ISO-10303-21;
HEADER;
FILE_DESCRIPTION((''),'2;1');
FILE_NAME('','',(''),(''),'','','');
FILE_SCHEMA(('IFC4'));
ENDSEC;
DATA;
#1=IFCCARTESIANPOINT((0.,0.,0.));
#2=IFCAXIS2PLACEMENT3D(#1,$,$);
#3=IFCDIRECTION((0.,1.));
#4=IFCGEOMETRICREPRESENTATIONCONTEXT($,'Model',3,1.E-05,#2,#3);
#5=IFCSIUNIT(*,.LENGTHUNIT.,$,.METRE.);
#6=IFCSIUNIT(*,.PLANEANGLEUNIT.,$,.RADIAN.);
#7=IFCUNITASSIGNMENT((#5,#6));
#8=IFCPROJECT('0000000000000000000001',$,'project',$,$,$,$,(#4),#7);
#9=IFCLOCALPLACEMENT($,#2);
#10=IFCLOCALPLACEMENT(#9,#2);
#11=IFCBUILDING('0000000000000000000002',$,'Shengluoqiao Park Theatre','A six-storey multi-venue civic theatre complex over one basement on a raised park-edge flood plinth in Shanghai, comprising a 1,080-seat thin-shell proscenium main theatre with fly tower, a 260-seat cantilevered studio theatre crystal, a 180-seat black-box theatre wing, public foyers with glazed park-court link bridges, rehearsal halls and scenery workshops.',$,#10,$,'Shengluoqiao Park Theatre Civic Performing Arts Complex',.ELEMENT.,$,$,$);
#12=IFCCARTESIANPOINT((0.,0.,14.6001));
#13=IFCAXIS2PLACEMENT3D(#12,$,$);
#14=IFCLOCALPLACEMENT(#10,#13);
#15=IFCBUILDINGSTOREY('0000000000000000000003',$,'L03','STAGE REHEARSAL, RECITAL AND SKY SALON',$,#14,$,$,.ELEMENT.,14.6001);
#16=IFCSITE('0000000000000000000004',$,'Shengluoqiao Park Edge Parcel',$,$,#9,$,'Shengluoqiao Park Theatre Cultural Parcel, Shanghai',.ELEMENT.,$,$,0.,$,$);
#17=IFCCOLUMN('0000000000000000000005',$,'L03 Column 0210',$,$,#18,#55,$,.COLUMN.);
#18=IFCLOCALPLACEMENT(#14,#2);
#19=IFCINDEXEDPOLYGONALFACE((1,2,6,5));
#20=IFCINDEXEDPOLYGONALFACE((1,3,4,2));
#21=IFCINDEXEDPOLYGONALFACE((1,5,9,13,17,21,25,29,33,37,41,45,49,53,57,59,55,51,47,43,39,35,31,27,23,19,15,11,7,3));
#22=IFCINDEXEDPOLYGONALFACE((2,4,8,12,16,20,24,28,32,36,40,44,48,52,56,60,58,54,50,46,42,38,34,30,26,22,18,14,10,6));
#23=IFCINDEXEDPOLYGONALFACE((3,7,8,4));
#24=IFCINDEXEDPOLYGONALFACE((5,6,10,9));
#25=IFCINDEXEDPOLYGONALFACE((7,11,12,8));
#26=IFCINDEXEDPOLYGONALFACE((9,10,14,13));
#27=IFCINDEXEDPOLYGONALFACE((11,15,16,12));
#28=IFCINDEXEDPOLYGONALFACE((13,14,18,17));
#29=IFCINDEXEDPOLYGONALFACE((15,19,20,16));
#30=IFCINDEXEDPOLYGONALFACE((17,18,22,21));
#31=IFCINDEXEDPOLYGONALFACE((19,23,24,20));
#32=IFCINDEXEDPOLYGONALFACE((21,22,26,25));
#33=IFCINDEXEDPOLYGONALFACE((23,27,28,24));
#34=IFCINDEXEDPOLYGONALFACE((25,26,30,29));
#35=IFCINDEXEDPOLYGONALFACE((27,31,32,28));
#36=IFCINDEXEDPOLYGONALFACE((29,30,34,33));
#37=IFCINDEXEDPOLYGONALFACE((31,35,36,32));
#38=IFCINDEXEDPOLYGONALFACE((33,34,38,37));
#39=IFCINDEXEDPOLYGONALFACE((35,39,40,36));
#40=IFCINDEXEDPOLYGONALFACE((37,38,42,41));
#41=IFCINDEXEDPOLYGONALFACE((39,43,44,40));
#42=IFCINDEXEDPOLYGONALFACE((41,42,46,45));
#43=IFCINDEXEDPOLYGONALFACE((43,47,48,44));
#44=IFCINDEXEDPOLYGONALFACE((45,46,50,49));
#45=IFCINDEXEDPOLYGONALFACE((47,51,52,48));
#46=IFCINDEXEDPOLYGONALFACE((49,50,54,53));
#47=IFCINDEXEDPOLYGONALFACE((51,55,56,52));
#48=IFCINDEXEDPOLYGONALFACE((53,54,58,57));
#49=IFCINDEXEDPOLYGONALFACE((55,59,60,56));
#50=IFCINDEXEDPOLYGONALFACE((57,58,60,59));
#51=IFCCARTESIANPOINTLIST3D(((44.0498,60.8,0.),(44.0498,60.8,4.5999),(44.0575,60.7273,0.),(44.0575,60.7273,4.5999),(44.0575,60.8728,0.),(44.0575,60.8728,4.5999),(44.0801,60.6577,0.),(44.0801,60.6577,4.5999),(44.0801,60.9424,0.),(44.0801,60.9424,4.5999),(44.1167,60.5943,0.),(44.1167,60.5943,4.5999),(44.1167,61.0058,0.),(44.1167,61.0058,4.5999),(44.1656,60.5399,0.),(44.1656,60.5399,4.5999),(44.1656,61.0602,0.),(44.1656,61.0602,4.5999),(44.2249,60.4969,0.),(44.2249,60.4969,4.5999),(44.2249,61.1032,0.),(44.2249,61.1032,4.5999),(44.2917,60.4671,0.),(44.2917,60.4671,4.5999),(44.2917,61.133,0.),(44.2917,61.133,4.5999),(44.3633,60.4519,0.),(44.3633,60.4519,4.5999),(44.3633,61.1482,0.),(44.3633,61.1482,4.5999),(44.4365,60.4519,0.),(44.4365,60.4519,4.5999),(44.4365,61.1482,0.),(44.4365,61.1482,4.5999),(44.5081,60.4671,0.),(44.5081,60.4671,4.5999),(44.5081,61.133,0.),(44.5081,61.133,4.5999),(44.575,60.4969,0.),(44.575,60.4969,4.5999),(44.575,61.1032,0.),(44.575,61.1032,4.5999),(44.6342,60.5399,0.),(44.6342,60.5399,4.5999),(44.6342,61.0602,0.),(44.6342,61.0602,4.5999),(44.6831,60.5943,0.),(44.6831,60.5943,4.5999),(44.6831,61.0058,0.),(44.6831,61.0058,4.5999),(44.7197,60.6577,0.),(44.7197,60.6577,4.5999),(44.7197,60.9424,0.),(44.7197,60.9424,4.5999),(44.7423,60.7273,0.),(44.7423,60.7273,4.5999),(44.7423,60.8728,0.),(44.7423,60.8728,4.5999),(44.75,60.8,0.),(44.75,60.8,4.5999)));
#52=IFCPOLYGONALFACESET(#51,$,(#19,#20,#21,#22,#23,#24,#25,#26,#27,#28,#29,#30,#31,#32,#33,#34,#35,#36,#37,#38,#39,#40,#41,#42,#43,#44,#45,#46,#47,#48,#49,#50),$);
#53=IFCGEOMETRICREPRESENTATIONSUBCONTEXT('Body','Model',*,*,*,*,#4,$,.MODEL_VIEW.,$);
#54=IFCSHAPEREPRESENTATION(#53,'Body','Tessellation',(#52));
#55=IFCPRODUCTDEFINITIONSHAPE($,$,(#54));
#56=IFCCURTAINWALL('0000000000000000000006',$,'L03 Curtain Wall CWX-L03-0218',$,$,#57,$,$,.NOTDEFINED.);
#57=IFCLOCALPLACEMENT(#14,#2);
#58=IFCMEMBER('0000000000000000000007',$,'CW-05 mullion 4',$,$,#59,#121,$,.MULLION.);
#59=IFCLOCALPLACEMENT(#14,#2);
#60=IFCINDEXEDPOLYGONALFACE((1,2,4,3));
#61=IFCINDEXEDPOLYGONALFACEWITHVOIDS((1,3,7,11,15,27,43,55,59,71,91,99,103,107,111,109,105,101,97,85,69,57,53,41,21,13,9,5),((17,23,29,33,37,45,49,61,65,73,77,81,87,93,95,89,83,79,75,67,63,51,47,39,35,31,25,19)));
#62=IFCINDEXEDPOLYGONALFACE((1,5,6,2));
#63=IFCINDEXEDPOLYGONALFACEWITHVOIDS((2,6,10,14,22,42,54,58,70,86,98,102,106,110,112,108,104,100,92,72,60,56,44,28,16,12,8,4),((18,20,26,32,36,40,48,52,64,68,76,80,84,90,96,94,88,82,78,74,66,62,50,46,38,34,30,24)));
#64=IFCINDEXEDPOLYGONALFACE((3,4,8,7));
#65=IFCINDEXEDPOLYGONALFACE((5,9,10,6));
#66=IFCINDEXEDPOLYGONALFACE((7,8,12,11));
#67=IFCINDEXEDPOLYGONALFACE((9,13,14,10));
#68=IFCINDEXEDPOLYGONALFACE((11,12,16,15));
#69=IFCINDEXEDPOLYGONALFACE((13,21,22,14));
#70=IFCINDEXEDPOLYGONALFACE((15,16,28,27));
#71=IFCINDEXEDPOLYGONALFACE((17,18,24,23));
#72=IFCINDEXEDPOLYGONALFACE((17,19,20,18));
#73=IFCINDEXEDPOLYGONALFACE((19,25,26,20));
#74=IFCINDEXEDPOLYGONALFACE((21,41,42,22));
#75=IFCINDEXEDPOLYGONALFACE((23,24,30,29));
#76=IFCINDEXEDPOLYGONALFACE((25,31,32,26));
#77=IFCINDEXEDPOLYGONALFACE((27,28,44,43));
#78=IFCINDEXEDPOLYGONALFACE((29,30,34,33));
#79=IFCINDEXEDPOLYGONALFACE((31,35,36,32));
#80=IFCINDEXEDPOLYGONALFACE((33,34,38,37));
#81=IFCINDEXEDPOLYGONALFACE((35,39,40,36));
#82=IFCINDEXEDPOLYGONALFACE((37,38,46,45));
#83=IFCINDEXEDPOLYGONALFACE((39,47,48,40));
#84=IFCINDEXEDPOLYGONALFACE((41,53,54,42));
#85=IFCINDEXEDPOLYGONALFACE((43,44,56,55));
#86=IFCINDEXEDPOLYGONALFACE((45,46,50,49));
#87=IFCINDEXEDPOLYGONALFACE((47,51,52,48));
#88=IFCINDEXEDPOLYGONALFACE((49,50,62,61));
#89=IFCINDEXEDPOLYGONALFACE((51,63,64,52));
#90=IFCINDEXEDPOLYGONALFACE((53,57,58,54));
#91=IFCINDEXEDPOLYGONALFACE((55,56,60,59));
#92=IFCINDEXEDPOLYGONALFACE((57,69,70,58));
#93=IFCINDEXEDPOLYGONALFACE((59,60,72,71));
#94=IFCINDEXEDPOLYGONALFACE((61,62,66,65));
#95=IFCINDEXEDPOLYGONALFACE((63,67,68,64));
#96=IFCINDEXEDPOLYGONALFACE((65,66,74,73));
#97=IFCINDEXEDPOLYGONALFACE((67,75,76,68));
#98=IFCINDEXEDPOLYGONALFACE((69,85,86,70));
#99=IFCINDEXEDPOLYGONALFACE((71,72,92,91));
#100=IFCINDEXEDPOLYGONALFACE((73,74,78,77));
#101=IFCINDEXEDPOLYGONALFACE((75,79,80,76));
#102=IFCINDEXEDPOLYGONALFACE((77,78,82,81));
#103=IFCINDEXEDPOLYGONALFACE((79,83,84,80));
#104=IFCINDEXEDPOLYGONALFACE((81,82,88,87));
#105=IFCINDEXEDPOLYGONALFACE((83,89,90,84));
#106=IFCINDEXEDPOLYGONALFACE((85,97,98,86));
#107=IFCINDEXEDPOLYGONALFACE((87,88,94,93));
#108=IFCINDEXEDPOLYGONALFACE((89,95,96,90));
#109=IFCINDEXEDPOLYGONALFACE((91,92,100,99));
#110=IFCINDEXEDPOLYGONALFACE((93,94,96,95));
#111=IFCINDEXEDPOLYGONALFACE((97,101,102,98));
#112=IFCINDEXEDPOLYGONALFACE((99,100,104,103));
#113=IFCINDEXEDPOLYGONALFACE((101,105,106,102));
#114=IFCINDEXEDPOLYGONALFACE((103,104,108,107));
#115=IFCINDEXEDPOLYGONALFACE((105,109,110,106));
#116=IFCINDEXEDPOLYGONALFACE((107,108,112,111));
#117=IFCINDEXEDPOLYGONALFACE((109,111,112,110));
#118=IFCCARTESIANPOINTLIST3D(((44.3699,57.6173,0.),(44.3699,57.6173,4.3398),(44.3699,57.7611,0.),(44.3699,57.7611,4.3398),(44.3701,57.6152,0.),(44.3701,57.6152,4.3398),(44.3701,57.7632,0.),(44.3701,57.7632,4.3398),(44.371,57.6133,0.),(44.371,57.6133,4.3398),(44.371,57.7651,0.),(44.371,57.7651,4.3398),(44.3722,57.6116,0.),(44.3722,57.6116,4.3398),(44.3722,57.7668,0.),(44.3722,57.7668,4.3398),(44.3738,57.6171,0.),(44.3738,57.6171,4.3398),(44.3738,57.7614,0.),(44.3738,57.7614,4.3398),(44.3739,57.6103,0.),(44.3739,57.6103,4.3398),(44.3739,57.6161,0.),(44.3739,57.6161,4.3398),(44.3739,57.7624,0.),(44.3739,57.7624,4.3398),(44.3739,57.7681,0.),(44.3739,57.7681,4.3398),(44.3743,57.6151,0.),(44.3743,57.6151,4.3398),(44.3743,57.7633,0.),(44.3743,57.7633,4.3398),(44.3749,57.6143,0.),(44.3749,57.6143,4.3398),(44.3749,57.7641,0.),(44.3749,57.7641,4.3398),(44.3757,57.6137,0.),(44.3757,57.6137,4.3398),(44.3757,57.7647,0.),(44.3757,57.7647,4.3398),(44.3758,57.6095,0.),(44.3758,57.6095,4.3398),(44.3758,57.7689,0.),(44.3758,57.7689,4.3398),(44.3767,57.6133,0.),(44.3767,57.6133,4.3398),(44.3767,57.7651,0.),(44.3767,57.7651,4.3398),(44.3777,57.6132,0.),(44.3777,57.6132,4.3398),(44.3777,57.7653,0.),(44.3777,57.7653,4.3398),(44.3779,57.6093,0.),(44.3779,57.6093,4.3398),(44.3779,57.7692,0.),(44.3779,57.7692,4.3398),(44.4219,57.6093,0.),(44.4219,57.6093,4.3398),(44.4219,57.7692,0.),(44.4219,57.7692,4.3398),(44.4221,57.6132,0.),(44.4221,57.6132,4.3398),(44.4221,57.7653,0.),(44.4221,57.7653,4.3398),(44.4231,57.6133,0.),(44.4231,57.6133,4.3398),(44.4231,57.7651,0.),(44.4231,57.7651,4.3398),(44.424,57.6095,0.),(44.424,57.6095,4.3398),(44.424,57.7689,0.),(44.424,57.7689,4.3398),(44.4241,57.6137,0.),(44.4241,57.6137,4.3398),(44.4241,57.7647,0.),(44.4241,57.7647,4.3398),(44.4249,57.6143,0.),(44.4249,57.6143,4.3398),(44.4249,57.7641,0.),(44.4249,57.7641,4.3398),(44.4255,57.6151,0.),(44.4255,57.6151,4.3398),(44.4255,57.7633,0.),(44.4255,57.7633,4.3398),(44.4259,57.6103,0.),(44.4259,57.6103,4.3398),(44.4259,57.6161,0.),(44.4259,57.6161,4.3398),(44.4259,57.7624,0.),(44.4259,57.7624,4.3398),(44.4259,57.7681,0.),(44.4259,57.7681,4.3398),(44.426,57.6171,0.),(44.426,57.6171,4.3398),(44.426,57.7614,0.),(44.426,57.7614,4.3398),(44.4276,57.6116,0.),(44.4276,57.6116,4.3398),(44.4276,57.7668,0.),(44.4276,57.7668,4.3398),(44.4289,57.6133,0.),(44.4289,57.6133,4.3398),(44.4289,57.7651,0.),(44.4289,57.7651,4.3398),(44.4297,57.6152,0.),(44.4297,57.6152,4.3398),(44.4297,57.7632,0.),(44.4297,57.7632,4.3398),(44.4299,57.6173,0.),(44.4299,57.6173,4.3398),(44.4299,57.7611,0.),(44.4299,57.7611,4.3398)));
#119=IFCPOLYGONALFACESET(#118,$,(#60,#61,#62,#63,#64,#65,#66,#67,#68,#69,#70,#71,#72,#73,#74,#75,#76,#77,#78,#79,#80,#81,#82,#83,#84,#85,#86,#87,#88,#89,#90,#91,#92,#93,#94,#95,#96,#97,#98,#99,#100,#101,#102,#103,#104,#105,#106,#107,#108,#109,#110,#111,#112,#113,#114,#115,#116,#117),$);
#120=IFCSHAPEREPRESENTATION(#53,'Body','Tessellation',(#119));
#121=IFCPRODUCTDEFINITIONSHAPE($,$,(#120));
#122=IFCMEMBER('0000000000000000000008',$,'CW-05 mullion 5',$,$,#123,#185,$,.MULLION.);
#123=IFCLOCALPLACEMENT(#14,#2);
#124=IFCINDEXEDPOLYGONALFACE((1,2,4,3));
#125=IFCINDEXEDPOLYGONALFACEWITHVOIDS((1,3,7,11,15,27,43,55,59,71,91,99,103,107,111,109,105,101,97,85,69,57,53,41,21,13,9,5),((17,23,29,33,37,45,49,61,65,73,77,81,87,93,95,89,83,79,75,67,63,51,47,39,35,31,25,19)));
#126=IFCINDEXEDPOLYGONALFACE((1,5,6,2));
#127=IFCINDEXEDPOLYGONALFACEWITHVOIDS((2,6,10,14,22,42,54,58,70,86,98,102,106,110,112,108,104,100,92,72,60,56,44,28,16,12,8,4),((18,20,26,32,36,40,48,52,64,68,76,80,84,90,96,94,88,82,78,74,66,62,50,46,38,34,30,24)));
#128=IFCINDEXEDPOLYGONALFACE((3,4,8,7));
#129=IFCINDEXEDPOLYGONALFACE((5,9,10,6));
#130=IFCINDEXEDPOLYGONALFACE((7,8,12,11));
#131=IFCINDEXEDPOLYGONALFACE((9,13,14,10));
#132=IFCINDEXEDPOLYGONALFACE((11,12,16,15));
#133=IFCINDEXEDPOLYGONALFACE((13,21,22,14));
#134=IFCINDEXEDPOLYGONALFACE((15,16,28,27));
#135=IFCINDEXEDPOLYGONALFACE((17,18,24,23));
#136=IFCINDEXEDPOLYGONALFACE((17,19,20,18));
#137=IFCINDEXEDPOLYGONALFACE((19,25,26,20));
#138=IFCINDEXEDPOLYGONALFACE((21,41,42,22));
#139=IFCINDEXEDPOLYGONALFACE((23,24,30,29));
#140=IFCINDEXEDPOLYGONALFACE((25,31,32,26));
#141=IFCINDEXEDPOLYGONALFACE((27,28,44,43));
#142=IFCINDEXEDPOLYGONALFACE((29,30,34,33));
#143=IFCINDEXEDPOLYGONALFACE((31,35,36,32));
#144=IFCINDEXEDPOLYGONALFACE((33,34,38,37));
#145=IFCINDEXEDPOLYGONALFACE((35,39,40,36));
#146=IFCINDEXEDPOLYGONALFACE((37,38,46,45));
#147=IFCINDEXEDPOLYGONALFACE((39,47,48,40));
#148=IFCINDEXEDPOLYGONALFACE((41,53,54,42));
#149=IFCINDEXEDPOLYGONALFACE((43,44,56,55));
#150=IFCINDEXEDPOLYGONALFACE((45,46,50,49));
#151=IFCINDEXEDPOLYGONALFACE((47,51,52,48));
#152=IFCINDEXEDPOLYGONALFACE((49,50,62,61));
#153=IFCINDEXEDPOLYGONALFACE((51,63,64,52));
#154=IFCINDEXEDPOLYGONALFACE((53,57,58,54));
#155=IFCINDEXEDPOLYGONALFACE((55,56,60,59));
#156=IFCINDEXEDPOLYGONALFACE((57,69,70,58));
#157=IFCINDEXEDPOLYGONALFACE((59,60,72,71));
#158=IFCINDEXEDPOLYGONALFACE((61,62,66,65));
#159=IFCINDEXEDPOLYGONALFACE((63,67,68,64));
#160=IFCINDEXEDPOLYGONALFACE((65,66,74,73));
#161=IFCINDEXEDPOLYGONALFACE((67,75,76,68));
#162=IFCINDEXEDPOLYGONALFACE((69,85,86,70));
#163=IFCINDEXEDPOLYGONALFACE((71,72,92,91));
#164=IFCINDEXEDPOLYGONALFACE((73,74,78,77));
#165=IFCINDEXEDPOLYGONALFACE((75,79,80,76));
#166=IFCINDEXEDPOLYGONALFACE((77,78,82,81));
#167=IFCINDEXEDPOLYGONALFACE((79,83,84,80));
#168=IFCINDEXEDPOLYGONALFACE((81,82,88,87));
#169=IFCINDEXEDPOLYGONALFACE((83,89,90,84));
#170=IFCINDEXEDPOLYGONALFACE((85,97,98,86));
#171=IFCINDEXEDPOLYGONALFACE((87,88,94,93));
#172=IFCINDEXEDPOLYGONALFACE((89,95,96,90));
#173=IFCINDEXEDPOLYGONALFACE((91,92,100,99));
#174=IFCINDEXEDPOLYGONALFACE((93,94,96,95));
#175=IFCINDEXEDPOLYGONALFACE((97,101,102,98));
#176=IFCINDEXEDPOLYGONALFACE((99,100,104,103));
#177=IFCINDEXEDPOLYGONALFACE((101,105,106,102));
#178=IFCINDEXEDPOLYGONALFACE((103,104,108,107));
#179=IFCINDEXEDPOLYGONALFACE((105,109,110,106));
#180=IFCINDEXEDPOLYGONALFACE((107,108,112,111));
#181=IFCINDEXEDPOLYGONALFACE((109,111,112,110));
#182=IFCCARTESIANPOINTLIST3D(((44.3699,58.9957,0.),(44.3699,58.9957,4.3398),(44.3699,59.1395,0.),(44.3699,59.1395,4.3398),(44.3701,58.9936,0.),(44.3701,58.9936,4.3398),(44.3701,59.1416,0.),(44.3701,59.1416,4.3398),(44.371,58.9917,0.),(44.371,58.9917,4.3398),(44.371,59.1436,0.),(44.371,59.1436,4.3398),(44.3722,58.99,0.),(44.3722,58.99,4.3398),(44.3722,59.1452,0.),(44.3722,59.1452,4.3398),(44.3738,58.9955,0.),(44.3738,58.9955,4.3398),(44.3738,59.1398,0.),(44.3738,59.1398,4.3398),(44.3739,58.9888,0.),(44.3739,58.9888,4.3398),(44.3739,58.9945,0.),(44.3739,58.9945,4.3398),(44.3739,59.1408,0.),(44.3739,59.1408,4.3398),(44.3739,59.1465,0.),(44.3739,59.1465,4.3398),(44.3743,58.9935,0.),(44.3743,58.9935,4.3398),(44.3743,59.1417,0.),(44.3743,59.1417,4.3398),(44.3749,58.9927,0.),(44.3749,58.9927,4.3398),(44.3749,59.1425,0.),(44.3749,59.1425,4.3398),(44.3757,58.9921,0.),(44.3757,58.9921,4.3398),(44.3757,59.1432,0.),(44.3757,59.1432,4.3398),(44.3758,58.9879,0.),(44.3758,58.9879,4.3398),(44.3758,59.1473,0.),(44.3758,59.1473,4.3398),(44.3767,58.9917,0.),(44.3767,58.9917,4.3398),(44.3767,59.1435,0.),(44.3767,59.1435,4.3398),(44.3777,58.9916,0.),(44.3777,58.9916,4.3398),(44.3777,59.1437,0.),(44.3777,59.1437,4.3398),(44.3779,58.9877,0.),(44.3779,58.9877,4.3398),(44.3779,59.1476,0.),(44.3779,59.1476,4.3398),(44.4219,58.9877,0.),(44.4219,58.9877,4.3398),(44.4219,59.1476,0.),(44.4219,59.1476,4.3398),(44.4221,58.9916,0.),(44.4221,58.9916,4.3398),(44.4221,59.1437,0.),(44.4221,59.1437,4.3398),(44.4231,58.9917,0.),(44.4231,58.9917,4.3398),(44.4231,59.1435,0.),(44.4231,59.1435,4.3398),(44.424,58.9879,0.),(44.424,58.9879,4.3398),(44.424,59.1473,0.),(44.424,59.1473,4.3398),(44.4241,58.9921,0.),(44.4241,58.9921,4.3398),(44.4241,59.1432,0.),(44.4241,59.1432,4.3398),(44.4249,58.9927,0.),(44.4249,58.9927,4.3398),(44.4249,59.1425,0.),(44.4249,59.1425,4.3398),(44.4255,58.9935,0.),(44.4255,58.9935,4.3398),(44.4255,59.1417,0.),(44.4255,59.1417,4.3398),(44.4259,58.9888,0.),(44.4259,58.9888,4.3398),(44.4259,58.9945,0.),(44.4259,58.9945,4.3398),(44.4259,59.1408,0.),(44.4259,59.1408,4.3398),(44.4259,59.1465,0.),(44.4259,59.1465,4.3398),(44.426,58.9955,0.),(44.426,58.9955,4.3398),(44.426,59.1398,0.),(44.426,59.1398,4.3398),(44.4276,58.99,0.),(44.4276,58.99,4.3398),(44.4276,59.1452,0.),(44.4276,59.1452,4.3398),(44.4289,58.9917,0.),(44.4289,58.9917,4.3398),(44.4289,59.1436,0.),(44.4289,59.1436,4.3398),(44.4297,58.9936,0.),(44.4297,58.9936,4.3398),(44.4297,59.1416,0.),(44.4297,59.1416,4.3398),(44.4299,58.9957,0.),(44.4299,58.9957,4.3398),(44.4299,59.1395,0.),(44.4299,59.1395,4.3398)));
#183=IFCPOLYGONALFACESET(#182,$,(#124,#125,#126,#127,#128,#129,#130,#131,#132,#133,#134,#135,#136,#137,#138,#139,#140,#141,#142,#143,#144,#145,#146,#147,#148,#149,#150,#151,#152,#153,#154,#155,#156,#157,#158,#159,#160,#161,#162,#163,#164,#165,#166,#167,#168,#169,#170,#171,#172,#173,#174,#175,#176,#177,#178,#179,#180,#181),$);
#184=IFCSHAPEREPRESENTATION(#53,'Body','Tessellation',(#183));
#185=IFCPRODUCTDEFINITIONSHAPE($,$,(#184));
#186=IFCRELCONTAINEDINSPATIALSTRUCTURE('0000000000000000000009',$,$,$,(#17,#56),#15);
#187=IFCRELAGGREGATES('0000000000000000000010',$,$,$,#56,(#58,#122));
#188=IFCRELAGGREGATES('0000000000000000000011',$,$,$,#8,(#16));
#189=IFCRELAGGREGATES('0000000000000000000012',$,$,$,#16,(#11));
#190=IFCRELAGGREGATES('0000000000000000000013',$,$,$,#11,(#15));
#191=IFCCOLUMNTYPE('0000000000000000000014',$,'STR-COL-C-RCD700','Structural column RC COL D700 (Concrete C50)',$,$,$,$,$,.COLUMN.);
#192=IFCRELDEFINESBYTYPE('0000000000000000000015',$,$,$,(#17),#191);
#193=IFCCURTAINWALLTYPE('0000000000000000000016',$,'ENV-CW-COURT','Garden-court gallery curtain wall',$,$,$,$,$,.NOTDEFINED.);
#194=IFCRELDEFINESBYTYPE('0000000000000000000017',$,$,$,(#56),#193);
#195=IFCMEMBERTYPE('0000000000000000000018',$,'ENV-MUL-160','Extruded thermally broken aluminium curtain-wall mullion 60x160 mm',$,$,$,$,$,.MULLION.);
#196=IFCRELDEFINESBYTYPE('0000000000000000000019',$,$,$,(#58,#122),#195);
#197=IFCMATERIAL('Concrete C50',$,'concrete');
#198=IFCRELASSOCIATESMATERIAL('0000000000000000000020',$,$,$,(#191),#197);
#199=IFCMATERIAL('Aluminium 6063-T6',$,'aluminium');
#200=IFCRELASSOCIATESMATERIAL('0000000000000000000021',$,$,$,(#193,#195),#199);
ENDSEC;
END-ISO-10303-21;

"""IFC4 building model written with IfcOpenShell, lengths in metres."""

from ifc_helpers import new_model, si_unit, direction, frame, origin, origin_2d, place, context, subcontext, project, spatial, hollow_rectangle, circle, extrude, material, material_profile, profile_set, type_object, element, aggregate, save


model = new_model("IFC4")

# Units and contexts
model_context = context("Model", 3, precision=1e-05, world=origin(), true_north=direction((0.0, 1.0)))
body_context = subcontext(model_context, "Body", "Model", "MODEL_VIEW")
ifc_project = project(units=[si_unit("LENGTHUNIT", "METRE"), si_unit("PLANEANGLEUNIT", "RADIAN")], contexts=[model_context])

# Site, building, storey
site_placement = place(None, origin())
site = spatial("IfcSite", under=ifc_project, at=site_placement, Name="Shengluoqiao Park Edge Parcel", LongName="Shengluoqiao Park Theatre Cultural Parcel, Shanghai", CompositionType="ELEMENT", RefElevation=0.0)
building_placement = place(site_placement, origin())
building = spatial("IfcBuilding", under=site, at=building_placement, Name="Shengluoqiao Park Theatre", Description="A six-storey multi-venue civic theatre complex over one basement on a raised park-edge flood plinth in Shanghai, comprising a 1,080-seat thin-shell proscenium main theatre with fly tower, a 260-seat cantilevered studio theatre crystal, a 180-seat black-box theatre wing, public foyers with glazed park-court link bridges, rehearsal halls and scenery workshops.", LongName="Shengluoqiao Park Theatre Civic Performing Arts Complex", CompositionType="ELEMENT")
storey_placement = place(building_placement, frame((0.0, 0.0, 14.6001)))
storey = spatial("IfcBuildingStorey", under=building, at=storey_placement, Name="L03", Description="STAGE REHEARSAL, RECITAL AND SKY SALON", CompositionType="ELEMENT", Elevation=14.6001)

# Column
ifc_material_1 = material(Name="Concrete C50", Category="concrete")
ifc_material_profile_1 = material_profile(ifc_material_1, circle(Radius=0.3501, at=origin_2d()), Name="RC COL D700")
ifc_profile_set_1 = profile_set([ifc_material_profile_1], Name="Concrete C50")
column_type = type_object("IfcColumnType", Name="STR-COL-C-RCD700", Description="Structural column RC COL D700 (Concrete C50)", PredefinedType="COLUMN", material=ifc_profile_set_1)
column_placement = place(storey_placement, frame((44.3999, 60.8, 0.0), z_axis=(0.0, 0.0, 1.0), x_axis=(1.0, 0.0, 0.0)))
element("IfcColumn", 1, at=column_placement, inside=storey, type_object=column_type, Name="L03 Column 0210", PredefinedType="COLUMN", context=body_context, shape_type="SweptSolid", body=[
    extrude(circle(Radius=0.3501, at=origin_2d()), origin(), (0.0, 0.0, 1.0), 4.5999),
])

# Curtain wall, members
ifc_material_2 = material(Name="Aluminium 6063-T6", Category="aluminium")
curtain_wall_type = type_object("IfcCurtainWallType", Name="ENV-CW-COURT", Description="Garden-court gallery curtain wall", PredefinedType="NOTDEFINED", material=ifc_material_2)
curtain_wall_1_placement = place(storey_placement, origin())
curtain_wall_1 = element("IfcCurtainWall", 2, at=curtain_wall_1_placement, inside=storey, type_object=curtain_wall_type, Name="L03 Curtain Wall CWX-L03-0218", PredefinedType="NOTDEFINED")
ifc_material_profile_2 = material_profile(ifc_material_2, hollow_rectangle(XDim=0.0601, YDim=0.1599, WallThickness=0.0039, InnerFilletRadius=0.0039, OuterFilletRadius=0.0081, at=origin_2d()), Name="ALU MULLION 160x60x4")
ifc_profile_set_2 = profile_set([ifc_material_profile_2], Name="Aluminium 6063-T6")
member_type_1 = type_object("IfcMemberType", Name="ENV-MUL-160", Description="Extruded thermally broken aluminium curtain-wall mullion 60x160 mm", PredefinedType="MULLION", material=ifc_profile_set_2)
member_1_placement = place(storey_placement, frame((44.3999, 57.6892, 0.0), z_axis=(0.0, 0.0, 1.0), x_axis=(-1.0, 0.0, 0.0)))
member_1 = element("IfcMember", 3, at=member_1_placement, type_object=member_type_1, Name="CW-05 mullion 4", PredefinedType="MULLION", context=body_context, shape_type="SweptSolid", body=[
    extrude(hollow_rectangle(XDim=0.0601, YDim=0.1599, WallThickness=0.0039, InnerFilletRadius=0.0039, OuterFilletRadius=0.0081, at=origin_2d()), origin(), (0.0, 0.0, 1.0), 4.3398),
])
member_2_placement = place(storey_placement, frame((44.3999, 59.0676, 0.0), z_axis=(0.0, 0.0, 1.0), x_axis=(-1.0, 0.0, 0.0)))
member_2 = element("IfcMember", 4, at=member_2_placement, type_object=member_type_1, Name="CW-05 mullion 5", PredefinedType="MULLION", context=body_context, shape_type="SweptSolid", body=[
    extrude(hollow_rectangle(XDim=0.0601, YDim=0.1599, WallThickness=0.0039, InnerFilletRadius=0.0039, OuterFilletRadius=0.0081, at=origin_2d()), origin(), (0.0, 0.0, 1.0), 4.3398),
])

aggregate(curtain_wall_1, [member_1, member_2])

save(model, "model.ifc")
